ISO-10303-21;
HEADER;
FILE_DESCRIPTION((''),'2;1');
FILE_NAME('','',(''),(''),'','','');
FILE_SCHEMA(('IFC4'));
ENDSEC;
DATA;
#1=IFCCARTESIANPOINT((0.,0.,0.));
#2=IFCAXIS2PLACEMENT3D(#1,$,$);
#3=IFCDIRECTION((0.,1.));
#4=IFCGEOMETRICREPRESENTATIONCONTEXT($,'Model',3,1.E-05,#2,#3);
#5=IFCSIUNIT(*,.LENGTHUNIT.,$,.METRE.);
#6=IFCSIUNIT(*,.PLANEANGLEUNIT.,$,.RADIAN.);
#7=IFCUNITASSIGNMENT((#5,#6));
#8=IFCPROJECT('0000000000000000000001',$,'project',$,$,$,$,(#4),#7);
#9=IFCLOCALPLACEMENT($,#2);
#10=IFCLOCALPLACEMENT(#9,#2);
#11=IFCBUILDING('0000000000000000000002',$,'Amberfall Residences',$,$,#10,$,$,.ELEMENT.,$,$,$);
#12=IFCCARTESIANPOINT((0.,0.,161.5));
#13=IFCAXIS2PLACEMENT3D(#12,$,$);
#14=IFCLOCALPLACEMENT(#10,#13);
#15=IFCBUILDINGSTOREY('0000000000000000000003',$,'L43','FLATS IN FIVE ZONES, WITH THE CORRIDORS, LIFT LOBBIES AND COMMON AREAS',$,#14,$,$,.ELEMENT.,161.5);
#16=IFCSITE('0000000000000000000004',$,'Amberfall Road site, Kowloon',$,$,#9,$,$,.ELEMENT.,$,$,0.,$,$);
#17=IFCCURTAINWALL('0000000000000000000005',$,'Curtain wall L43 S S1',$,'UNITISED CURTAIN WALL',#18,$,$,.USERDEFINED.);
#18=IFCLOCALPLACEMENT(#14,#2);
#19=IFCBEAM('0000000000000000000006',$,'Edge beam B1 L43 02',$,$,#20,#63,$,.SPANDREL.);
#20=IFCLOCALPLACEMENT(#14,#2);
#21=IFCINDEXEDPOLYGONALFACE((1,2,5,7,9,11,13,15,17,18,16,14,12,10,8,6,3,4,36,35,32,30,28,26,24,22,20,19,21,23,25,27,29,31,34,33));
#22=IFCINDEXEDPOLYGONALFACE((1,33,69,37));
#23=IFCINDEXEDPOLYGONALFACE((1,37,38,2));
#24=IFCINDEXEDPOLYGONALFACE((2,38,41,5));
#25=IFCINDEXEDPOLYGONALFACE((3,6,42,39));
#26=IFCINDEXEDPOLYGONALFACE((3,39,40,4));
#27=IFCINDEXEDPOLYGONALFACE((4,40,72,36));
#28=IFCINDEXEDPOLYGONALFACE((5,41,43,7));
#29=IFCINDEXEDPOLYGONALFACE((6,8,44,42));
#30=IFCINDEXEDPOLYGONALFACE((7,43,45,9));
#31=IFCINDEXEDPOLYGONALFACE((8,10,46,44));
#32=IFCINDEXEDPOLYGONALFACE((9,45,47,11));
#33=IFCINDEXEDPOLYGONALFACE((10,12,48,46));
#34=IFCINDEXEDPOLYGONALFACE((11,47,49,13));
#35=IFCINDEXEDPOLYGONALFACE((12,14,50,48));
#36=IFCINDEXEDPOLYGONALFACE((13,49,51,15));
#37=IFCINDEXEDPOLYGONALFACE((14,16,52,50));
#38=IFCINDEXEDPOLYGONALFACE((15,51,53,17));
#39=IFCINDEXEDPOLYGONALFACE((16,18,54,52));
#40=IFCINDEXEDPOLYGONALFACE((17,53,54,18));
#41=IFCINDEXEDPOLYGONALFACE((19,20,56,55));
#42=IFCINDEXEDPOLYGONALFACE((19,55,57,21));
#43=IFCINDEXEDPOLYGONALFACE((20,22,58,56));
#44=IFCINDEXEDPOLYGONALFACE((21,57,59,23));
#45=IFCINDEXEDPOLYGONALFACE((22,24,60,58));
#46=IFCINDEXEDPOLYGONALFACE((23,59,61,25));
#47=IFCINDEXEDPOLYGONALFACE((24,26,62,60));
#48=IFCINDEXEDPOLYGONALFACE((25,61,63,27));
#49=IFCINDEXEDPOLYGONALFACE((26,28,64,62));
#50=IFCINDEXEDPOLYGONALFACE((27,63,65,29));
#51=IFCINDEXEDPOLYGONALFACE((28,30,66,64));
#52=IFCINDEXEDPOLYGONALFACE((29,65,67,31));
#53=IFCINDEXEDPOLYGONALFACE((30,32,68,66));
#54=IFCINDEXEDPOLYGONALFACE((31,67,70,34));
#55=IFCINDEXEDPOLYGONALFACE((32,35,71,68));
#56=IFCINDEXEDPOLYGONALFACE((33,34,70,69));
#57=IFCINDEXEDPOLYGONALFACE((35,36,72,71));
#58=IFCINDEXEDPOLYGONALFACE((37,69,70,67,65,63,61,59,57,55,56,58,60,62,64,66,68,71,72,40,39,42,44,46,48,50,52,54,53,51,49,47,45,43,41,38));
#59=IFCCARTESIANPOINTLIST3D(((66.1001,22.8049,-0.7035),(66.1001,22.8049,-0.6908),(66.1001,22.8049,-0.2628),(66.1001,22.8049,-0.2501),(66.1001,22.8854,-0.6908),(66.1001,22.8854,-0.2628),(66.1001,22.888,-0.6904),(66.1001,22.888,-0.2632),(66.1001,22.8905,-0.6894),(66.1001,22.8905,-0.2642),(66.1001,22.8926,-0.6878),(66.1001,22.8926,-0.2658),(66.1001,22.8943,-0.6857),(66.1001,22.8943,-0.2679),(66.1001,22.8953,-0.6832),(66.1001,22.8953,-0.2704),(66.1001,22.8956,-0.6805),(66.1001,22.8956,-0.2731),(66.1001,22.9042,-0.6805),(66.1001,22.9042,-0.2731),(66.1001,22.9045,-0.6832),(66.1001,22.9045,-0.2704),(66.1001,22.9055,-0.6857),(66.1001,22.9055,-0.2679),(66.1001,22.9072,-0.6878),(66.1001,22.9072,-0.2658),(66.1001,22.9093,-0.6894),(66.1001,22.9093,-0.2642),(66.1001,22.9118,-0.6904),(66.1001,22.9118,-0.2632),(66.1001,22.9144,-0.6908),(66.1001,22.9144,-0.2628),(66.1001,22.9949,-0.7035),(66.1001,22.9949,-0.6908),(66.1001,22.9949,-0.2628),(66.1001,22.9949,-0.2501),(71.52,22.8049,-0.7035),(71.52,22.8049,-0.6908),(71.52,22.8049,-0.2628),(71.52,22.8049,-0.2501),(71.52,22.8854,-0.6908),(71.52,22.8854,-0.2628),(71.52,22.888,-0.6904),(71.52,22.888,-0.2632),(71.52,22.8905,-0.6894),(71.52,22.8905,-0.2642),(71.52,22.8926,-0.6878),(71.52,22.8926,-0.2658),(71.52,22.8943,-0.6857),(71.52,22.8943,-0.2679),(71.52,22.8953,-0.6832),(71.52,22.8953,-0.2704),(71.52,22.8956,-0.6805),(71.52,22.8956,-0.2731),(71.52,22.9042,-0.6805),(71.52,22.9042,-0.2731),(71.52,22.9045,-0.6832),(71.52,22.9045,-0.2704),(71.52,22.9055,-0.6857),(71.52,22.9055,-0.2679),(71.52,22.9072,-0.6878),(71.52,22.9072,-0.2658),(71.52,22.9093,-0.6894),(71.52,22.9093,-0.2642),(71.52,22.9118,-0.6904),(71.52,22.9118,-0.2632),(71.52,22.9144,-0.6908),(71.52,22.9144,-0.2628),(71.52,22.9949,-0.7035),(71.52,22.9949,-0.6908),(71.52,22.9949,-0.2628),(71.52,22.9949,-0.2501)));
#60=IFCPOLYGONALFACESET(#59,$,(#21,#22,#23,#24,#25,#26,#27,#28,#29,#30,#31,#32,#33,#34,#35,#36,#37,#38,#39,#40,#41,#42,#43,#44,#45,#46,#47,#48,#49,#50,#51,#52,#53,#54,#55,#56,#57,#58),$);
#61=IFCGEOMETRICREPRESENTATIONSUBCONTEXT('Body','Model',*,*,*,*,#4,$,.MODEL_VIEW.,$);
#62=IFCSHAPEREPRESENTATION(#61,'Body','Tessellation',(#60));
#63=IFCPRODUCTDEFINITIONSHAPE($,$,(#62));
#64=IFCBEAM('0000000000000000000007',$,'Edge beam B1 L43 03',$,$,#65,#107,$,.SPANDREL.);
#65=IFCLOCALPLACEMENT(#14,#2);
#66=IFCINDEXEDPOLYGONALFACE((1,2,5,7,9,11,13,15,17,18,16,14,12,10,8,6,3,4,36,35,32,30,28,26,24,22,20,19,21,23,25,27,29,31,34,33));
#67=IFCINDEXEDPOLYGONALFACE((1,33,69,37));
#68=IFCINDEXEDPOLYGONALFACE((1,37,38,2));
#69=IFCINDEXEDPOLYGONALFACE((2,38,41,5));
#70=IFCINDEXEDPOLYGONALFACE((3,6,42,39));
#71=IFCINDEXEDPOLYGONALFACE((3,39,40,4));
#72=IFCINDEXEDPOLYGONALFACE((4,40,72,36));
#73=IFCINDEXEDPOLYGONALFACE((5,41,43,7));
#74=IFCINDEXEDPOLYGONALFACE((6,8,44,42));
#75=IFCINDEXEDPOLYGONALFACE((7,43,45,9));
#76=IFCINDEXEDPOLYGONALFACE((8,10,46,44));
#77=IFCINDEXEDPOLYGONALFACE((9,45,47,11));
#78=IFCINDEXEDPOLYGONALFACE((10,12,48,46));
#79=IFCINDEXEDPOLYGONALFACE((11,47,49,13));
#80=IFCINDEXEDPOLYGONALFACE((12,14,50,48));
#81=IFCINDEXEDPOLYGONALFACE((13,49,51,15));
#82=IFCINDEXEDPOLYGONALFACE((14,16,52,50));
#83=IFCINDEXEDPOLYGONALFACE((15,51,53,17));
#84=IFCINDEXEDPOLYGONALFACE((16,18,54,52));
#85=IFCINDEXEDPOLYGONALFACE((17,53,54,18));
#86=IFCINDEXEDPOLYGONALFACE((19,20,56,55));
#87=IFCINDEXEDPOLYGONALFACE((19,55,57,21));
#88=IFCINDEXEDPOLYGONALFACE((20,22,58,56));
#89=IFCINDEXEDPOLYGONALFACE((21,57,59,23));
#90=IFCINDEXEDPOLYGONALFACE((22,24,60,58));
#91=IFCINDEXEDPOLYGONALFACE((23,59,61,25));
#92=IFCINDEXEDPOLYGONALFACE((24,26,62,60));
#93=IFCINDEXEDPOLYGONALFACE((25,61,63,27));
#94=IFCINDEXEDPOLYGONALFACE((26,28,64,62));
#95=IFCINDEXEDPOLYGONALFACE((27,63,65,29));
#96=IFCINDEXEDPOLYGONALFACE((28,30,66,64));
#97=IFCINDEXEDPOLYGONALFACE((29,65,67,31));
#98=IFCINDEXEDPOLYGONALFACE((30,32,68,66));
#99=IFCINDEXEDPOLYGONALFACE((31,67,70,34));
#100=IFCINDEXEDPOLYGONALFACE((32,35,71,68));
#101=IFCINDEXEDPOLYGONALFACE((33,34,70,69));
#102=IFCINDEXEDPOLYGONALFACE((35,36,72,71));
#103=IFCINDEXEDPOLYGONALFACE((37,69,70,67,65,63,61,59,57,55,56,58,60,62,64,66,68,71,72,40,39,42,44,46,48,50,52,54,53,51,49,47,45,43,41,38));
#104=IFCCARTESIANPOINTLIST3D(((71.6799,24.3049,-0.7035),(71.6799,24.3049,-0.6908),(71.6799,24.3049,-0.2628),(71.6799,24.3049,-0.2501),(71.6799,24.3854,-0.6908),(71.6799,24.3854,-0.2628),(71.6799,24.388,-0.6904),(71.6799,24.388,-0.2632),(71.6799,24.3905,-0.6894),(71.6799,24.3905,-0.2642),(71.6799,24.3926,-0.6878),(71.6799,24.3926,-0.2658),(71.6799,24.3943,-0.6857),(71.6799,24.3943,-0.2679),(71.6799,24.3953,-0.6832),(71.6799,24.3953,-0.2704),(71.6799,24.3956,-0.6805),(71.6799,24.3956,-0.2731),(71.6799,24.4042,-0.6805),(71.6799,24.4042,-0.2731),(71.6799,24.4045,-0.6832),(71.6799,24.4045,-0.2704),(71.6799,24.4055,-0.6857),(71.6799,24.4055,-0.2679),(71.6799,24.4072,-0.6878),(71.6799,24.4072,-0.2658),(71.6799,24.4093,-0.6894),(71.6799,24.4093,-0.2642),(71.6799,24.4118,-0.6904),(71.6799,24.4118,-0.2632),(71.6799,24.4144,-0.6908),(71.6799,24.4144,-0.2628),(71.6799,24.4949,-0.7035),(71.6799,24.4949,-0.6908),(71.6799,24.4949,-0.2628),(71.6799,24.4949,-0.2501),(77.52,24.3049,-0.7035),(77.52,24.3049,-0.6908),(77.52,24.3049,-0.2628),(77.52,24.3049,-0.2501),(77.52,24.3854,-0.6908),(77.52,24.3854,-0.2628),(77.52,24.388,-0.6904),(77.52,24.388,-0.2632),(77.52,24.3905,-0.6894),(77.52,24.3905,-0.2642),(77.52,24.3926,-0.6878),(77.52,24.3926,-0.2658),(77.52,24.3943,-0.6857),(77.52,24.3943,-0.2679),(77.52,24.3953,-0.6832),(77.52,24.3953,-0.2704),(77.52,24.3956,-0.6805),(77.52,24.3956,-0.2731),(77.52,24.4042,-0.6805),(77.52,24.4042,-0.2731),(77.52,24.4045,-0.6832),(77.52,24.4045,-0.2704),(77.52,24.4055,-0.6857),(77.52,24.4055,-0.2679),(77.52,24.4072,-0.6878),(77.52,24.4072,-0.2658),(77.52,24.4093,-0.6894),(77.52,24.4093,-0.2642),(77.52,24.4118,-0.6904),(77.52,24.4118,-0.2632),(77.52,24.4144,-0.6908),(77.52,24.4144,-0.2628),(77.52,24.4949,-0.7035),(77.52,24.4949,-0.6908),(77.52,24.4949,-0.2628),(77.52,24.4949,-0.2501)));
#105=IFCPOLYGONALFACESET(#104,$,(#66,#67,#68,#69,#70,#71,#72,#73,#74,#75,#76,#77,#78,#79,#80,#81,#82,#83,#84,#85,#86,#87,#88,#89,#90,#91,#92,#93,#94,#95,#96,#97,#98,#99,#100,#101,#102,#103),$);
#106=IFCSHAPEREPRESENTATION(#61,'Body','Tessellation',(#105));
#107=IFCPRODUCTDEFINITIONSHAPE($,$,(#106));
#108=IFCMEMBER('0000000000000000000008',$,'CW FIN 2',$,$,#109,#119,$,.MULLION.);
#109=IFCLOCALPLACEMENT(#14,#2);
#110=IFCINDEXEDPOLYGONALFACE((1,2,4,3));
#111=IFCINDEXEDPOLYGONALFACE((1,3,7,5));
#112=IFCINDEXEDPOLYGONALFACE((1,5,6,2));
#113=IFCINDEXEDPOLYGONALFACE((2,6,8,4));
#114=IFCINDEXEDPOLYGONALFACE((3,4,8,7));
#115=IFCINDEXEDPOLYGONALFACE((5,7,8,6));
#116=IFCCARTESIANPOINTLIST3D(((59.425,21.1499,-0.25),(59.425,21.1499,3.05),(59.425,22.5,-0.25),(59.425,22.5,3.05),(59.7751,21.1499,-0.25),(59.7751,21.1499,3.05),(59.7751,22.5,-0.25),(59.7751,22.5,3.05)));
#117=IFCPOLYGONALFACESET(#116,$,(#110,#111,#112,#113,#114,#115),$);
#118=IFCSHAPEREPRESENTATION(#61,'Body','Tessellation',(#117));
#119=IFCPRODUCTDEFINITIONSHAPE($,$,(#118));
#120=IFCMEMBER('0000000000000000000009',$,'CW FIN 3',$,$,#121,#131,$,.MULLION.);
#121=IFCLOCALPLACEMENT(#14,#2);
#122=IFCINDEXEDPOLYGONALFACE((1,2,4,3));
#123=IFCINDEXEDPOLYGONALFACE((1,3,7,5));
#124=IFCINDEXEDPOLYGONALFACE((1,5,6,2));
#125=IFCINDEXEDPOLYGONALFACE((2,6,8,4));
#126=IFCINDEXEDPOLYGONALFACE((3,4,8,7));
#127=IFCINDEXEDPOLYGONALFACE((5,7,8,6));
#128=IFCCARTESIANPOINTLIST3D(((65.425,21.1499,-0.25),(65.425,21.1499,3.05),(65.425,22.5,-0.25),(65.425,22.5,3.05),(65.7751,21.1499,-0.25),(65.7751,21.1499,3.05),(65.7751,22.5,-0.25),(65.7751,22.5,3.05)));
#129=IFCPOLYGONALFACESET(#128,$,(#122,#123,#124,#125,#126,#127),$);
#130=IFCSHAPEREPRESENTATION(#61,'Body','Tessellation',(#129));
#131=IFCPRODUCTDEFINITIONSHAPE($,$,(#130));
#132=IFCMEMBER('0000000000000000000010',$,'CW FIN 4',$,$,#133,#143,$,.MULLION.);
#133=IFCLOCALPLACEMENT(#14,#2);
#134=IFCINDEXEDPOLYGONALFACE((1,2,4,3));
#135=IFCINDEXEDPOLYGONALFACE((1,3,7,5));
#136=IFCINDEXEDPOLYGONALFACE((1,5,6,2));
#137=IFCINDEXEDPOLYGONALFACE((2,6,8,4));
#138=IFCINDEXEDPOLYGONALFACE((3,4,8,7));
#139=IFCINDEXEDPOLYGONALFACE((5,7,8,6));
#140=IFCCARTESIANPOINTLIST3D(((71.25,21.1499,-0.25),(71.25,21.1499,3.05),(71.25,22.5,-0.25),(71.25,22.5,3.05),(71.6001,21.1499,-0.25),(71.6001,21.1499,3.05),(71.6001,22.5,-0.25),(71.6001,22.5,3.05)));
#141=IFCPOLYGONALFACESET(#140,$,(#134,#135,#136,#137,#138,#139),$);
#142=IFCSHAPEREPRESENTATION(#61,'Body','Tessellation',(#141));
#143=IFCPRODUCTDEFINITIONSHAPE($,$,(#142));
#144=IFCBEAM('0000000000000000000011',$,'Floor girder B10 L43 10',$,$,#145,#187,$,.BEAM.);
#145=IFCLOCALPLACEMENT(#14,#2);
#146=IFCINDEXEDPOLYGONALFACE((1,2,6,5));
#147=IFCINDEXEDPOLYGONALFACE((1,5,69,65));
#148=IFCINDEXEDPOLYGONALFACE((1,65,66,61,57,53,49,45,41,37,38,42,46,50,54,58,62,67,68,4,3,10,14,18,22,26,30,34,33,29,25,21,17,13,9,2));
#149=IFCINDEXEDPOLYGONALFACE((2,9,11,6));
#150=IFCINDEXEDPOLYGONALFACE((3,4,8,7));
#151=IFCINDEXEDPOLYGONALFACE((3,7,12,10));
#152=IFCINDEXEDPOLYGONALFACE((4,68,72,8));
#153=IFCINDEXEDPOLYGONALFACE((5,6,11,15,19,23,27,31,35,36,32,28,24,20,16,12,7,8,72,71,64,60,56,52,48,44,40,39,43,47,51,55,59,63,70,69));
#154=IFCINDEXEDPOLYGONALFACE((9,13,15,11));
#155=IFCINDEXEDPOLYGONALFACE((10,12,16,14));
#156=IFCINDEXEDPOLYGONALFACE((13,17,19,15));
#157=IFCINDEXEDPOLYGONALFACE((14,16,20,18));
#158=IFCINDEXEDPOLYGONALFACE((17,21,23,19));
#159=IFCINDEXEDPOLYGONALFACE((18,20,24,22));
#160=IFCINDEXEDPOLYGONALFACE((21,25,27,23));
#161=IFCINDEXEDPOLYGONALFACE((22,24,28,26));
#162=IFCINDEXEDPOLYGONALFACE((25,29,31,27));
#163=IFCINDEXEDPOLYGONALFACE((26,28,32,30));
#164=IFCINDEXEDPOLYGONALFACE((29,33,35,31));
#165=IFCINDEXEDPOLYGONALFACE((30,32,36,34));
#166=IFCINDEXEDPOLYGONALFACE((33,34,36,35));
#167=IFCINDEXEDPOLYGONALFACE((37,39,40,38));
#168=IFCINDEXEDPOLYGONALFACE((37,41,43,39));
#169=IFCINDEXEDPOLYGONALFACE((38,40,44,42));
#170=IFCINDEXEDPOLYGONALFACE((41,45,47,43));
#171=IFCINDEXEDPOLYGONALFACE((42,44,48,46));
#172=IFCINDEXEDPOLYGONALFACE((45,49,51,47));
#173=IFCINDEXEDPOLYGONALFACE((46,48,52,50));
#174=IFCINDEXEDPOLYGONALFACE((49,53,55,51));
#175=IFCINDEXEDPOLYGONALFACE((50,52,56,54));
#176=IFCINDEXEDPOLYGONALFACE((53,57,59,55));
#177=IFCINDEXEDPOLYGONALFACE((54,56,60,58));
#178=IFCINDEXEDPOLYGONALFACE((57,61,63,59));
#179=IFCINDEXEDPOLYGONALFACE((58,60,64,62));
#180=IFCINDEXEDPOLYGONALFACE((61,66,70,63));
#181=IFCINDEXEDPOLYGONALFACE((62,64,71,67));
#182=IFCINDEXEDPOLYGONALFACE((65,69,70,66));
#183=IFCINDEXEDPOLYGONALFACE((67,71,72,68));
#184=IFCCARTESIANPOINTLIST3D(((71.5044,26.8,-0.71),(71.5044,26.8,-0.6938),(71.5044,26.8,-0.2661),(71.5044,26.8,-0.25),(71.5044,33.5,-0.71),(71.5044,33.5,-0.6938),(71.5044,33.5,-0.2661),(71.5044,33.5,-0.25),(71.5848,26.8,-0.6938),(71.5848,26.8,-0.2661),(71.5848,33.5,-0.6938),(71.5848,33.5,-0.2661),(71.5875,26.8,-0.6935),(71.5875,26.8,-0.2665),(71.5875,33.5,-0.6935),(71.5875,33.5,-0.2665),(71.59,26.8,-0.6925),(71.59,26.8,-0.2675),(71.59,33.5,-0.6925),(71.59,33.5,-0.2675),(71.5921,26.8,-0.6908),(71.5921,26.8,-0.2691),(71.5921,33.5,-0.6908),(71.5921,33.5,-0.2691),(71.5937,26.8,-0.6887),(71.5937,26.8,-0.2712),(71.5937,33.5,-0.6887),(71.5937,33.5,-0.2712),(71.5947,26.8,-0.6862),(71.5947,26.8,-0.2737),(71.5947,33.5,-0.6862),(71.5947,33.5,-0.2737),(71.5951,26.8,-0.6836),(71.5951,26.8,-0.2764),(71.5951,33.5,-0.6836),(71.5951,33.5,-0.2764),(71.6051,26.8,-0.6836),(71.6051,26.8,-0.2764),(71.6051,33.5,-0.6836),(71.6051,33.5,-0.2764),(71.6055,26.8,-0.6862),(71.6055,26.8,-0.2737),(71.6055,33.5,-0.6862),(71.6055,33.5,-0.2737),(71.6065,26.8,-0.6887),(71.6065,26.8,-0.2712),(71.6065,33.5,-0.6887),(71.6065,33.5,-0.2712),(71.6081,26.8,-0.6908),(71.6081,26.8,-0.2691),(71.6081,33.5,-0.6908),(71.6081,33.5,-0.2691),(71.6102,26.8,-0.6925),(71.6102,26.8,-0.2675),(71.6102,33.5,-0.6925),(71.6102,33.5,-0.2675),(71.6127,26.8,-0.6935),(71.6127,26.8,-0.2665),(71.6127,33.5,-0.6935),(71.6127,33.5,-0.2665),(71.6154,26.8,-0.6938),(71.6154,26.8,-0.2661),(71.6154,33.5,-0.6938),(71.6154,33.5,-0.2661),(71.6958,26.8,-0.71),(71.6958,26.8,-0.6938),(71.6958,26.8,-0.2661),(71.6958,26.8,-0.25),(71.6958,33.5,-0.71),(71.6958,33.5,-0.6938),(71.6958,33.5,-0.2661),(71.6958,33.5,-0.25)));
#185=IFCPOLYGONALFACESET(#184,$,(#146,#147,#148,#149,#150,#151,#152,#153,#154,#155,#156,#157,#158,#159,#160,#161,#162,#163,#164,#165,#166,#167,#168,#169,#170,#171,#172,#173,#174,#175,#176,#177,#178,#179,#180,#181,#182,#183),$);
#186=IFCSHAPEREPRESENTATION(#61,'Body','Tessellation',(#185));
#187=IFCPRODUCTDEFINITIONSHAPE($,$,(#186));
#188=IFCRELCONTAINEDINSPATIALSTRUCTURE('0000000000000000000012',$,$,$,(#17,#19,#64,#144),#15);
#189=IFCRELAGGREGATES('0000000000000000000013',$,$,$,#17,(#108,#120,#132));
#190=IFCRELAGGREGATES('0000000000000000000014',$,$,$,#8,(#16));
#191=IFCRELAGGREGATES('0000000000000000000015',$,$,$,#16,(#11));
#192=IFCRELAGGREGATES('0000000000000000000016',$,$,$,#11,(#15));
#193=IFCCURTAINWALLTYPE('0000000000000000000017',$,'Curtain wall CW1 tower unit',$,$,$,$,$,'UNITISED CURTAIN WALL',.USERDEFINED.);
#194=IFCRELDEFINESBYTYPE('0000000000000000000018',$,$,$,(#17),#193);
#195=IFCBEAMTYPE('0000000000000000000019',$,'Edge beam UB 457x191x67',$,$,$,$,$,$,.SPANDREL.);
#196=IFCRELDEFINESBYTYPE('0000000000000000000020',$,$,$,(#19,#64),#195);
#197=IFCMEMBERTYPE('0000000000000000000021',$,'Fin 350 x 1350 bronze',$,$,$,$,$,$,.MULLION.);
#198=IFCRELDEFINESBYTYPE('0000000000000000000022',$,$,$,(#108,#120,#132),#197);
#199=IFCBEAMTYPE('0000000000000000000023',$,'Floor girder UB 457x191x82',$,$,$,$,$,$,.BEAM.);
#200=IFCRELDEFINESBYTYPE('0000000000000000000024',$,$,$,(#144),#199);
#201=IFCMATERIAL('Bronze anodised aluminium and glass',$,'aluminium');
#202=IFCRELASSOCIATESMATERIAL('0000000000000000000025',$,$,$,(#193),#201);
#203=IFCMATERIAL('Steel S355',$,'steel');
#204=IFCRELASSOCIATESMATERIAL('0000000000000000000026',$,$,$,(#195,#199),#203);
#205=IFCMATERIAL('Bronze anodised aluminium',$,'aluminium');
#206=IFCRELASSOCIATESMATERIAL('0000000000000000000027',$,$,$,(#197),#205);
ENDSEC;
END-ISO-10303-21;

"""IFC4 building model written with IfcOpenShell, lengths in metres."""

from ifc_helpers import new_model, si_unit, direction, frame, origin, origin_2d, place, context, subcontext, project, spatial, rectangle, i_section, extrude, material, material_profile, profile_set, type_object, element, aggregate, save


model = new_model("IFC4")

# Units and contexts
model_context = context("Model", 3, precision=1e-05, world=origin(), true_north=direction((0.0, 1.0)))
body_context = subcontext(model_context, "Body", "Model", "MODEL_VIEW")
ifc_project = project(units=[si_unit("LENGTHUNIT", "METRE"), si_unit("PLANEANGLEUNIT", "RADIAN")], contexts=[model_context])

# Site, building, storey
site_placement = place(None, origin())
site = spatial("IfcSite", under=ifc_project, at=site_placement, Name="Amberfall Road site, Kowloon", CompositionType="ELEMENT", RefElevation=0.0)
building_placement = place(site_placement, origin())
building = spatial("IfcBuilding", under=site, at=building_placement, Name="Amberfall Residences", CompositionType="ELEMENT")
storey_placement = place(building_placement, frame((0.0, 0.0, 161.5)))
storey = spatial("IfcBuildingStorey", under=building, at=storey_placement, Name="L43", Description="FLATS IN FIVE ZONES, WITH THE CORRIDORS, LIFT LOBBIES AND COMMON AREAS", CompositionType="ELEMENT", Elevation=161.5)

# Curtain wall
ifc_material_1 = material(Name="Bronze anodised aluminium and glass", Category="aluminium")
curtain_wall_type = type_object("IfcCurtainWallType", Name="Curtain wall CW1 tower unit", ElementType="UNITISED CURTAIN WALL", PredefinedType="USERDEFINED", material=ifc_material_1)
curtain_wall_placement = place(storey_placement, origin())
curtain_wall = element("IfcCurtainWall", 1, at=curtain_wall_placement, inside=storey, type_object=curtain_wall_type, Name="Curtain wall L43 S S1", ObjectType="UNITISED CURTAIN WALL", PredefinedType="USERDEFINED")
ifc_material_2 = material(Name="Bronze anodised aluminium", Category="aluminium")

# Beams
ifc_material_3 = material(Name="Steel S355", Category="steel")
ifc_material_profile_1 = material_profile(ifc_material_3, i_section(OverallWidth=0.1899, OverallDepth=0.4534, WebThickness=0.0085, FlangeThickness=0.0127, FilletRadius=0.0103, at=origin_2d()), Name="UB 457x191x67")
ifc_profile_set_1 = profile_set([ifc_material_profile_1], Name="Steel S355")
beam_type_1 = type_object("IfcBeamType", Name="Edge beam UB 457x191x67", PredefinedType="SPANDREL", material=ifc_profile_set_1)
beam_1_placement = place(storey_placement, frame((66.1001, 22.8999, -0.4768), z_axis=(1.0, 0.0, 0.0), x_axis=(0.0, 1.0, 0.0)))
element("IfcBeam", 2, at=beam_1_placement, inside=storey, type_object=beam_type_1, Name="Edge beam B1 L43 02", PredefinedType="SPANDREL", context=body_context, shape_type="SweptSolid", body=[
    extrude(i_section(OverallWidth=0.1899, OverallDepth=0.4534, WebThickness=0.0085, FlangeThickness=0.0127, FilletRadius=0.0103, at=origin_2d()), origin(), (0.0, 0.0, 1.0), 5.4199),
])
beam_2_placement = place(storey_placement, frame((71.6799, 24.3999, -0.4768), z_axis=(1.0, 0.0, 0.0), x_axis=(0.0, 1.0, 0.0)))
element("IfcBeam", 3, at=beam_2_placement, inside=storey, type_object=beam_type_1, Name="Edge beam B1 L43 03", PredefinedType="SPANDREL", context=body_context, shape_type="SweptSolid", body=[
    extrude(i_section(OverallWidth=0.1899, OverallDepth=0.4534, WebThickness=0.0085, FlangeThickness=0.0127, FilletRadius=0.0103, at=origin_2d()), origin(), (0.0, 0.0, 1.0), 5.8401),
])

# Members
ifc_material_profile_2 = material_profile(ifc_material_2, rectangle(XDim=1.3501, YDim=0.3501, at=origin_2d()), Name="Fin 350 x 1350 bronze")
ifc_profile_set_2 = profile_set([ifc_material_profile_2], Name="Bronze anodised aluminium")
member_type_1 = type_object("IfcMemberType", Name="Fin 350 x 1350 bronze", PredefinedType="MULLION", material=ifc_profile_set_2)
member_1_placement = place(storey_placement, frame((59.6001, 21.825, -0.25), z_axis=(0.0, 0.0, 1.0), x_axis=(0.0, 1.0, 0.0)))
member_1 = element("IfcMember", 4, at=member_1_placement, type_object=member_type_1, Name="CW FIN 2", PredefinedType="MULLION", context=body_context, shape_type="SweptSolid", body=[
    extrude(rectangle(XDim=1.3501, YDim=0.3501, at=origin_2d()), origin(), (0.0, 0.0, 1.0), 3.3),
])
member_2_placement = place(storey_placement, frame((65.6001, 21.825, -0.25), z_axis=(0.0, 0.0, 1.0), x_axis=(0.0, 1.0, 0.0)))
member_2 = element("IfcMember", 5, at=member_2_placement, type_object=member_type_1, Name="CW FIN 3", PredefinedType="MULLION", context=body_context, shape_type="SweptSolid", body=[
    extrude(rectangle(XDim=1.3501, YDim=0.3501, at=origin_2d()), origin(), (0.0, 0.0, 1.0), 3.3),
])
member_3_placement = place(storey_placement, frame((71.425, 21.825, -0.25), z_axis=(0.0, 0.0, 1.0), x_axis=(0.0, 1.0, 0.0)))
member_3 = element("IfcMember", 6, at=member_3_placement, type_object=member_type_1, Name="CW FIN 4", PredefinedType="MULLION", context=body_context, shape_type="SweptSolid", body=[
    extrude(rectangle(XDim=1.3501, YDim=0.3501, at=origin_2d()), origin(), (0.0, 0.0, 1.0), 3.3),
])

# Beam
ifc_material_profile_3 = material_profile(ifc_material_3, i_section(OverallWidth=0.1914, OverallDepth=0.46, WebThickness=0.01, FlangeThickness=0.0161, FilletRadius=0.0103, at=origin_2d()), Name="UB 457x191x82")
ifc_profile_set_3 = profile_set([ifc_material_profile_3], Name="Steel S355")
beam_type_2 = type_object("IfcBeamType", Name="Floor girder UB 457x191x82", PredefinedType="BEAM", material=ifc_profile_set_3)
beam_3_placement = place(storey_placement, frame((71.6001, 26.8, -0.48), z_axis=(0.0, 1.0, 0.0), x_axis=(-1.0, 0.0, 0.0)))
element("IfcBeam", 7, at=beam_3_placement, inside=storey, type_object=beam_type_2, Name="Floor girder B10 L43 10", PredefinedType="BEAM", context=body_context, shape_type="SweptSolid", body=[
    extrude(i_section(OverallWidth=0.1914, OverallDepth=0.46, WebThickness=0.01, FlangeThickness=0.0161, FilletRadius=0.0103, at=origin_2d()), origin(), (0.0, 0.0, 1.0), 6.7),
])

aggregate(curtain_wall, [member_1, member_2, member_3])

save(model, "model.ifc")
